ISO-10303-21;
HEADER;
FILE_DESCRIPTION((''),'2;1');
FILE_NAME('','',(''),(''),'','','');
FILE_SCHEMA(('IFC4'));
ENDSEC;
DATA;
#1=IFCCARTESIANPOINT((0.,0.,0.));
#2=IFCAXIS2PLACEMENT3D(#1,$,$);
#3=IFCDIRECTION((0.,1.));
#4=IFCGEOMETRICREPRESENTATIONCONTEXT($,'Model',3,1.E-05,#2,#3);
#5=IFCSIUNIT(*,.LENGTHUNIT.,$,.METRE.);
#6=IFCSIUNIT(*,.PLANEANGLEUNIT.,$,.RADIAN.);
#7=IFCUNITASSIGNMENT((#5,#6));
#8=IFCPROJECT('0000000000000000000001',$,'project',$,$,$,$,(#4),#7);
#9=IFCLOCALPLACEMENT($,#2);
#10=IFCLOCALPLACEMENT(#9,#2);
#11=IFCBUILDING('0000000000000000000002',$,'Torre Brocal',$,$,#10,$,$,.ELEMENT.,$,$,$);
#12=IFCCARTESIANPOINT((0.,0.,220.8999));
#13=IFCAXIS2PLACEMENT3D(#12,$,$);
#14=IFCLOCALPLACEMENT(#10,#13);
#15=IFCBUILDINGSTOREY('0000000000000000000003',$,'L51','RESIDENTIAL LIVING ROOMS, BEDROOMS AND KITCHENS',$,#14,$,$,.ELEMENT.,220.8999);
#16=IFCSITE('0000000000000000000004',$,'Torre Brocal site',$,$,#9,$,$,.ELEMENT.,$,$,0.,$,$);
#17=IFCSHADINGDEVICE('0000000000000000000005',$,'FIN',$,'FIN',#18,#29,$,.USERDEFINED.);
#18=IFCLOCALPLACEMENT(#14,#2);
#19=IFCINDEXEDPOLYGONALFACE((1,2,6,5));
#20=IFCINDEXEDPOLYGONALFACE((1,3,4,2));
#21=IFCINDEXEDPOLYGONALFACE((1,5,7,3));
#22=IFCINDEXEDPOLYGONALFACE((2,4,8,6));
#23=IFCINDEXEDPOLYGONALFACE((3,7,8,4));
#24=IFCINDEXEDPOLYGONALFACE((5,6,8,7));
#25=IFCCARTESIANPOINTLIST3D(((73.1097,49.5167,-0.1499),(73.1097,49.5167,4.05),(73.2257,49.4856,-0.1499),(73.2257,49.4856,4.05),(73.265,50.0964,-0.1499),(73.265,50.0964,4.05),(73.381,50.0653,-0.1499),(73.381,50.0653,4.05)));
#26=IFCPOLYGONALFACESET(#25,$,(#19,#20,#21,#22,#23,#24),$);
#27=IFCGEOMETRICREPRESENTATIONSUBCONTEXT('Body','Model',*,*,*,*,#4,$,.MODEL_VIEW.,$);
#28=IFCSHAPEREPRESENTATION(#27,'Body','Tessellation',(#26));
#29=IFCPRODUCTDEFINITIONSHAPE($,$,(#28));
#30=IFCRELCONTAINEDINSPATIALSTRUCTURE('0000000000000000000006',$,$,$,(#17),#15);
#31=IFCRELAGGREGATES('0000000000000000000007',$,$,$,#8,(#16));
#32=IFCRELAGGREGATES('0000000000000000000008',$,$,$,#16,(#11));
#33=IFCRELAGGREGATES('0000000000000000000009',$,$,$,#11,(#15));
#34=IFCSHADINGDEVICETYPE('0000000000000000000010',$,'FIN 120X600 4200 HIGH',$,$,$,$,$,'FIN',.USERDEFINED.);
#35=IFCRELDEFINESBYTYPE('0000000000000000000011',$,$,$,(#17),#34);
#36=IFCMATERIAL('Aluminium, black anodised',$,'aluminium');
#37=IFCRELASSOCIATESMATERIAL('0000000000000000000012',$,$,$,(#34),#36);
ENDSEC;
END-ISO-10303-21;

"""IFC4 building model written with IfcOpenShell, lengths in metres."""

from ifc_helpers import new_model, si_unit, direction, frame, origin, origin_2d, place, context, subcontext, project, spatial, rectangle, extrude, material, material_profile, profile_set, type_object, element, save


model = new_model("IFC4")

# Units and contexts
model_context = context("Model", 3, precision=1e-05, world=origin(), true_north=direction((0.0, 1.0)))
body_context = subcontext(model_context, "Body", "Model", "MODEL_VIEW")
ifc_project = project(units=[si_unit("LENGTHUNIT", "METRE"), si_unit("PLANEANGLEUNIT", "RADIAN")], contexts=[model_context])

# Site, building, storey
site_placement = place(None, origin())
site = spatial("IfcSite", under=ifc_project, at=site_placement, Name="Torre Brocal site", CompositionType="ELEMENT", RefElevation=0.0)
building_placement = place(site_placement, origin())
building = spatial("IfcBuilding", under=site, at=building_placement, Name="Torre Brocal", CompositionType="ELEMENT")
storey_placement = place(building_placement, frame((0.0, 0.0, 220.8999)))
storey = spatial("IfcBuildingStorey", under=building, at=storey_placement, Name="L51", Description="RESIDENTIAL LIVING ROOMS, BEDROOMS AND KITCHENS", CompositionType="ELEMENT", Elevation=220.8999)

# Shading device
ifc_material_1 = material(Name="Aluminium, black anodised", Category="aluminium")
ifc_material_profile_1 = material_profile(ifc_material_1, rectangle(XDim=0.1201, YDim=0.6001, at=origin_2d()), Name="FIN 120X600 4200 HIGH")
ifc_profile_set_1 = profile_set([ifc_material_profile_1], Name="Aluminium, black anodised")
shading_device_type = type_object("IfcShadingDeviceType", Name="FIN 120X600 4200 HIGH", ElementType="FIN", PredefinedType="USERDEFINED", material=ifc_profile_set_1)
for number, where, z_axis, x_axis, name in (
    (1, (73.2454, 49.791, -0.1499), (0.0, 0.0, 1.0), (0.965926, -0.258819, 0.0), "FIN"),
):
    element("IfcShadingDevice", number, at=place(storey_placement, frame(where, z_axis=z_axis, x_axis=x_axis)), inside=storey, type_object=shading_device_type, Name=name, ObjectType="FIN", PredefinedType="USERDEFINED", context=body_context, shape_type="SweptSolid", body=[
        extrude(rectangle(XDim=0.1201, YDim=0.6001, at=origin_2d()), origin(), (0.0, 0.0, 1.0), 4.2),
    ])

save(model, "model.ifc")
